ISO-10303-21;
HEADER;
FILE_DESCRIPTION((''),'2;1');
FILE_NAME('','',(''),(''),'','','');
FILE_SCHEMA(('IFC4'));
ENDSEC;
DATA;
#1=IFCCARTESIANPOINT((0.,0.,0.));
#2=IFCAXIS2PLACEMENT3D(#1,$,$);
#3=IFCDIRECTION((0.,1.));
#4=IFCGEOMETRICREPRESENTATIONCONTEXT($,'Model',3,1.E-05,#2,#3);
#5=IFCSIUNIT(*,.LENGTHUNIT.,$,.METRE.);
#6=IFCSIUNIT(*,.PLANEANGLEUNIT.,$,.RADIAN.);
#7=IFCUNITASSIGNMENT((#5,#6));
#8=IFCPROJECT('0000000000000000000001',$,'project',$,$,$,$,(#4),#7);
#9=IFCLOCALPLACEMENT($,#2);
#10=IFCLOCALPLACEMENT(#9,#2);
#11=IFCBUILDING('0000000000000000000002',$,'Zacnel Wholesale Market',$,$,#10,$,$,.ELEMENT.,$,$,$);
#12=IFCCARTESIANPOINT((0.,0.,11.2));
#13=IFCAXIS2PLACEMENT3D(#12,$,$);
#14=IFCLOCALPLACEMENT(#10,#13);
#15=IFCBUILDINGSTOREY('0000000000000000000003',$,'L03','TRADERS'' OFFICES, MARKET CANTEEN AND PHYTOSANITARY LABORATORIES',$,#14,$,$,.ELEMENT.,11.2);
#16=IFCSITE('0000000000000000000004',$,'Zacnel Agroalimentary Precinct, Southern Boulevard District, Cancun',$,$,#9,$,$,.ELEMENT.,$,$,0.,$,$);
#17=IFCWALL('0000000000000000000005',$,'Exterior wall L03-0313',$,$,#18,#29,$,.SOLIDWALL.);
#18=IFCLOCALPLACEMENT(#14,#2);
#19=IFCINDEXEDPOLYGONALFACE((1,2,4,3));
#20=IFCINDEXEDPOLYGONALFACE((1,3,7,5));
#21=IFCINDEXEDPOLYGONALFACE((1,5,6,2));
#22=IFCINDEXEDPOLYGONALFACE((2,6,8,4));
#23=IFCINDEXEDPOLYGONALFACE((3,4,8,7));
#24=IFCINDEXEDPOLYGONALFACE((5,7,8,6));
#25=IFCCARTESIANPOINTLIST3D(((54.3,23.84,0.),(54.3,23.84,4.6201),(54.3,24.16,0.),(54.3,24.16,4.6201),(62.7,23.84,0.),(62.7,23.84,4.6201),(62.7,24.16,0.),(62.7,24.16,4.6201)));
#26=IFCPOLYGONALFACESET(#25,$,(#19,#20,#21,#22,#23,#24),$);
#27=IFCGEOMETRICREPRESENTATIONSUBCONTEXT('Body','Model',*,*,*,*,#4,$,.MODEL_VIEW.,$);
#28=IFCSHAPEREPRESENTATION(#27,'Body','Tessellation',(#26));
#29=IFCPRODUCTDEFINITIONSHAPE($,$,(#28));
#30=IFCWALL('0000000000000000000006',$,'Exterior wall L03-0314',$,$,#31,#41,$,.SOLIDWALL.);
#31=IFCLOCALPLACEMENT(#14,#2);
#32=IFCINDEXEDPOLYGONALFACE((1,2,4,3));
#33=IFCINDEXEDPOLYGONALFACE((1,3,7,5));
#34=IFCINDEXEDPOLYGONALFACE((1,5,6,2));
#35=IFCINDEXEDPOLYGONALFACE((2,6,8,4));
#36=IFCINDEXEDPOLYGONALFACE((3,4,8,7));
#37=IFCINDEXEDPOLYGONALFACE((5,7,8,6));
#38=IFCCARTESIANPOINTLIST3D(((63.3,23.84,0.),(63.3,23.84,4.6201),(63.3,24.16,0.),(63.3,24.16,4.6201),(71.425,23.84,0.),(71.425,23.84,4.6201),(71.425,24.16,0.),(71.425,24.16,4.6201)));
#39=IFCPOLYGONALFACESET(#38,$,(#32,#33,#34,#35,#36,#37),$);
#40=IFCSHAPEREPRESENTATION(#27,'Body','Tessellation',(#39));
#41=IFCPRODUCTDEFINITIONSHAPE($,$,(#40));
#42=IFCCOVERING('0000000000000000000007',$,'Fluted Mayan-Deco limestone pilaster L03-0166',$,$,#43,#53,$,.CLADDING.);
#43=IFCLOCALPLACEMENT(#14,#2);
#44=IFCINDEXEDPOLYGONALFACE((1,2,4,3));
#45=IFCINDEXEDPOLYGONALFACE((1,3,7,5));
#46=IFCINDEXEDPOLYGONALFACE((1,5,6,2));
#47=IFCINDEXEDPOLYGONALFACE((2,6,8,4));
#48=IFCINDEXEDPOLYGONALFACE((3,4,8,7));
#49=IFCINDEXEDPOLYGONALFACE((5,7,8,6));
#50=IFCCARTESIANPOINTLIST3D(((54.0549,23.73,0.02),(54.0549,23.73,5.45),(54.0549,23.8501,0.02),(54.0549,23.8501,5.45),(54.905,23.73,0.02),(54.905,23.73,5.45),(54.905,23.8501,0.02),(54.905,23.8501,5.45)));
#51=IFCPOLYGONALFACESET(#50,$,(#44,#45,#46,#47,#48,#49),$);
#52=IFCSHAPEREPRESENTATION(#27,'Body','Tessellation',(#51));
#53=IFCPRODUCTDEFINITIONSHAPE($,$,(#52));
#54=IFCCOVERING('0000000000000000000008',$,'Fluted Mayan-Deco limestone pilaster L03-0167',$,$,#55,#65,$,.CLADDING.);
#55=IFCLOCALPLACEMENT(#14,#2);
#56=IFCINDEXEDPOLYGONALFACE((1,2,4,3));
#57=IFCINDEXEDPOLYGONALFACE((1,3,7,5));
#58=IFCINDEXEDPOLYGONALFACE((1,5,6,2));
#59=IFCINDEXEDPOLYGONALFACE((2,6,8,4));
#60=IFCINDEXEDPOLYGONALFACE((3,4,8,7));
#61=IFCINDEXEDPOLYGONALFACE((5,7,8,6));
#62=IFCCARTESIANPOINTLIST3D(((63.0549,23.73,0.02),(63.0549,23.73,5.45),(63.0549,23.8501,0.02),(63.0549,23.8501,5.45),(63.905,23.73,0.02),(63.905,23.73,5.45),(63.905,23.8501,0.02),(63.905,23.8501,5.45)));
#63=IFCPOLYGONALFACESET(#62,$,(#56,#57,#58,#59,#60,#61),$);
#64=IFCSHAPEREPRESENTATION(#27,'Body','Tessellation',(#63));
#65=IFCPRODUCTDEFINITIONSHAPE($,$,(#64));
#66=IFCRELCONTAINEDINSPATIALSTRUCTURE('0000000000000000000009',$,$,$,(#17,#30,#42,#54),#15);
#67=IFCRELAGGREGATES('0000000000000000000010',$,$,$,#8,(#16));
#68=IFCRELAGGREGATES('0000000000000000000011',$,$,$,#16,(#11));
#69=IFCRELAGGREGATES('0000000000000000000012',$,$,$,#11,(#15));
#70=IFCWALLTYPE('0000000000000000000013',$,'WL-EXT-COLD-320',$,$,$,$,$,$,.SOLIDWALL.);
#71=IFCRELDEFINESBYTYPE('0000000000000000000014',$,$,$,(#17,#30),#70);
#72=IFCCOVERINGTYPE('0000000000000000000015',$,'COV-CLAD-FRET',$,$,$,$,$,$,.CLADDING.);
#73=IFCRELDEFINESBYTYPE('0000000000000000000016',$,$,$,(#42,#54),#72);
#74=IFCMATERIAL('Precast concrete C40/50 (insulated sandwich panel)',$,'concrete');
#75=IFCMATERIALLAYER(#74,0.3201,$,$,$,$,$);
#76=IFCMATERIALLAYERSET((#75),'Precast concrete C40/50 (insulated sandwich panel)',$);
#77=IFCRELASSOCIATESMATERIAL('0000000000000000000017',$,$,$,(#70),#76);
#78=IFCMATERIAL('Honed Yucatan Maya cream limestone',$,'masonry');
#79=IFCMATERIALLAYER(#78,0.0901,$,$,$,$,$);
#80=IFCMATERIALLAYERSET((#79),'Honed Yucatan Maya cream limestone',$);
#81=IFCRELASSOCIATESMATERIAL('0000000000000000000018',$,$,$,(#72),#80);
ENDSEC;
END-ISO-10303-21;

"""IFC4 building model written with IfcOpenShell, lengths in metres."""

from ifc_helpers import new_model, si_unit, direction, frame, frame_2d, origin, origin_2d, place, context, subcontext, project, spatial, rectangle, extrude, material, layer, layer_set, type_object, element, save


model = new_model("IFC4")

# Units and contexts
model_context = context("Model", 3, precision=1e-05, world=origin(), true_north=direction((0.0, 1.0)))
body_context = subcontext(model_context, "Body", "Model", "MODEL_VIEW")
ifc_project = project(units=[si_unit("LENGTHUNIT", "METRE"), si_unit("PLANEANGLEUNIT", "RADIAN")], contexts=[model_context])

# Site, building, storey
site_placement = place(None, origin())
site = spatial("IfcSite", under=ifc_project, at=site_placement, Name="Zacnel Agroalimentary Precinct, Southern Boulevard District, Cancun", CompositionType="ELEMENT", RefElevation=0.0)
building_placement = place(site_placement, origin())
building = spatial("IfcBuilding", under=site, at=building_placement, Name="Zacnel Wholesale Market", CompositionType="ELEMENT")
storey_placement = place(building_placement, frame((0.0, 0.0, 11.2)))
storey = spatial("IfcBuildingStorey", under=building, at=storey_placement, Name="L03", Description="TRADERS' OFFICES, MARKET CANTEEN AND PHYTOSANITARY LABORATORIES", CompositionType="ELEMENT", Elevation=11.2)

# Walls
ifc_material_1 = material(Name="Precast concrete C40/50 (insulated sandwich panel)", Category="concrete")
ifc_layer_1 = layer(ifc_material_1, 0.3201)
ifc_layer_set_1 = layer_set([ifc_layer_1], Name="Precast concrete C40/50 (insulated sandwich panel)")
wall_type = type_object("IfcWallType", Name="WL-EXT-COLD-320", PredefinedType="SOLIDWALL", material=ifc_layer_set_1)
wall_1_placement = place(storey_placement, frame((54.3, 24.0, 0.0), z_axis=(0.0, 0.0, 1.0), x_axis=(1.0, 0.0, 0.0)))
element("IfcWall", 1, at=wall_1_placement, inside=storey, type_object=wall_type, Name="Exterior wall L03-0313", PredefinedType="SOLIDWALL", context=body_context, shape_type="SweptSolid", body=[
    extrude(rectangle(XDim=8.3999, YDim=0.3201, at=frame_2d((4.2, 0.0))), origin(), (0.0, 0.0, 1.0), 4.6201),
])
wall_2_placement = place(storey_placement, frame((63.3, 24.0, 0.0), z_axis=(0.0, 0.0, 1.0), x_axis=(1.0, 0.0, 0.0)))
element("IfcWall", 2, at=wall_2_placement, inside=storey, type_object=wall_type, Name="Exterior wall L03-0314", PredefinedType="SOLIDWALL", context=body_context, shape_type="SweptSolid", body=[
    extrude(rectangle(XDim=8.125, YDim=0.3201, at=frame_2d((4.0625, 0.0))), origin(), (0.0, 0.0, 1.0), 4.6201),
])

# Coverings
ifc_material_2 = material(Name="Honed Yucatan Maya cream limestone", Category="masonry")
ifc_layer_2 = layer(ifc_material_2, 0.0901)
ifc_layer_set_2 = layer_set([ifc_layer_2], Name="Honed Yucatan Maya cream limestone")
covering_type = type_object("IfcCoveringType", Name="COV-CLAD-FRET", PredefinedType="CLADDING", material=ifc_layer_set_2)
for number, where, z_axis, x_axis, name in (
    (3, (54.48, 23.79, 0.02), (0.0, 0.0, 1.0), (1.0, 0.0, 0.0), "Fluted Mayan-Deco limestone pilaster L03-0166"),
    (4, (63.48, 23.79, 0.02), (0.0, 0.0, 1.0), (1.0, 0.0, 0.0), "Fluted Mayan-Deco limestone pilaster L03-0167"),
):
    element("IfcCovering", number, at=place(storey_placement, frame(where, z_axis=z_axis, x_axis=x_axis)), inside=storey, type_object=covering_type, Name=name, PredefinedType="CLADDING", context=body_context, shape_type="SweptSolid", body=[
        extrude(rectangle(XDim=0.8501, YDim=0.1201, at=origin_2d()), origin(), (0.0, 0.0, 1.0), 5.4299),
    ])

save(model, "model.ifc")
